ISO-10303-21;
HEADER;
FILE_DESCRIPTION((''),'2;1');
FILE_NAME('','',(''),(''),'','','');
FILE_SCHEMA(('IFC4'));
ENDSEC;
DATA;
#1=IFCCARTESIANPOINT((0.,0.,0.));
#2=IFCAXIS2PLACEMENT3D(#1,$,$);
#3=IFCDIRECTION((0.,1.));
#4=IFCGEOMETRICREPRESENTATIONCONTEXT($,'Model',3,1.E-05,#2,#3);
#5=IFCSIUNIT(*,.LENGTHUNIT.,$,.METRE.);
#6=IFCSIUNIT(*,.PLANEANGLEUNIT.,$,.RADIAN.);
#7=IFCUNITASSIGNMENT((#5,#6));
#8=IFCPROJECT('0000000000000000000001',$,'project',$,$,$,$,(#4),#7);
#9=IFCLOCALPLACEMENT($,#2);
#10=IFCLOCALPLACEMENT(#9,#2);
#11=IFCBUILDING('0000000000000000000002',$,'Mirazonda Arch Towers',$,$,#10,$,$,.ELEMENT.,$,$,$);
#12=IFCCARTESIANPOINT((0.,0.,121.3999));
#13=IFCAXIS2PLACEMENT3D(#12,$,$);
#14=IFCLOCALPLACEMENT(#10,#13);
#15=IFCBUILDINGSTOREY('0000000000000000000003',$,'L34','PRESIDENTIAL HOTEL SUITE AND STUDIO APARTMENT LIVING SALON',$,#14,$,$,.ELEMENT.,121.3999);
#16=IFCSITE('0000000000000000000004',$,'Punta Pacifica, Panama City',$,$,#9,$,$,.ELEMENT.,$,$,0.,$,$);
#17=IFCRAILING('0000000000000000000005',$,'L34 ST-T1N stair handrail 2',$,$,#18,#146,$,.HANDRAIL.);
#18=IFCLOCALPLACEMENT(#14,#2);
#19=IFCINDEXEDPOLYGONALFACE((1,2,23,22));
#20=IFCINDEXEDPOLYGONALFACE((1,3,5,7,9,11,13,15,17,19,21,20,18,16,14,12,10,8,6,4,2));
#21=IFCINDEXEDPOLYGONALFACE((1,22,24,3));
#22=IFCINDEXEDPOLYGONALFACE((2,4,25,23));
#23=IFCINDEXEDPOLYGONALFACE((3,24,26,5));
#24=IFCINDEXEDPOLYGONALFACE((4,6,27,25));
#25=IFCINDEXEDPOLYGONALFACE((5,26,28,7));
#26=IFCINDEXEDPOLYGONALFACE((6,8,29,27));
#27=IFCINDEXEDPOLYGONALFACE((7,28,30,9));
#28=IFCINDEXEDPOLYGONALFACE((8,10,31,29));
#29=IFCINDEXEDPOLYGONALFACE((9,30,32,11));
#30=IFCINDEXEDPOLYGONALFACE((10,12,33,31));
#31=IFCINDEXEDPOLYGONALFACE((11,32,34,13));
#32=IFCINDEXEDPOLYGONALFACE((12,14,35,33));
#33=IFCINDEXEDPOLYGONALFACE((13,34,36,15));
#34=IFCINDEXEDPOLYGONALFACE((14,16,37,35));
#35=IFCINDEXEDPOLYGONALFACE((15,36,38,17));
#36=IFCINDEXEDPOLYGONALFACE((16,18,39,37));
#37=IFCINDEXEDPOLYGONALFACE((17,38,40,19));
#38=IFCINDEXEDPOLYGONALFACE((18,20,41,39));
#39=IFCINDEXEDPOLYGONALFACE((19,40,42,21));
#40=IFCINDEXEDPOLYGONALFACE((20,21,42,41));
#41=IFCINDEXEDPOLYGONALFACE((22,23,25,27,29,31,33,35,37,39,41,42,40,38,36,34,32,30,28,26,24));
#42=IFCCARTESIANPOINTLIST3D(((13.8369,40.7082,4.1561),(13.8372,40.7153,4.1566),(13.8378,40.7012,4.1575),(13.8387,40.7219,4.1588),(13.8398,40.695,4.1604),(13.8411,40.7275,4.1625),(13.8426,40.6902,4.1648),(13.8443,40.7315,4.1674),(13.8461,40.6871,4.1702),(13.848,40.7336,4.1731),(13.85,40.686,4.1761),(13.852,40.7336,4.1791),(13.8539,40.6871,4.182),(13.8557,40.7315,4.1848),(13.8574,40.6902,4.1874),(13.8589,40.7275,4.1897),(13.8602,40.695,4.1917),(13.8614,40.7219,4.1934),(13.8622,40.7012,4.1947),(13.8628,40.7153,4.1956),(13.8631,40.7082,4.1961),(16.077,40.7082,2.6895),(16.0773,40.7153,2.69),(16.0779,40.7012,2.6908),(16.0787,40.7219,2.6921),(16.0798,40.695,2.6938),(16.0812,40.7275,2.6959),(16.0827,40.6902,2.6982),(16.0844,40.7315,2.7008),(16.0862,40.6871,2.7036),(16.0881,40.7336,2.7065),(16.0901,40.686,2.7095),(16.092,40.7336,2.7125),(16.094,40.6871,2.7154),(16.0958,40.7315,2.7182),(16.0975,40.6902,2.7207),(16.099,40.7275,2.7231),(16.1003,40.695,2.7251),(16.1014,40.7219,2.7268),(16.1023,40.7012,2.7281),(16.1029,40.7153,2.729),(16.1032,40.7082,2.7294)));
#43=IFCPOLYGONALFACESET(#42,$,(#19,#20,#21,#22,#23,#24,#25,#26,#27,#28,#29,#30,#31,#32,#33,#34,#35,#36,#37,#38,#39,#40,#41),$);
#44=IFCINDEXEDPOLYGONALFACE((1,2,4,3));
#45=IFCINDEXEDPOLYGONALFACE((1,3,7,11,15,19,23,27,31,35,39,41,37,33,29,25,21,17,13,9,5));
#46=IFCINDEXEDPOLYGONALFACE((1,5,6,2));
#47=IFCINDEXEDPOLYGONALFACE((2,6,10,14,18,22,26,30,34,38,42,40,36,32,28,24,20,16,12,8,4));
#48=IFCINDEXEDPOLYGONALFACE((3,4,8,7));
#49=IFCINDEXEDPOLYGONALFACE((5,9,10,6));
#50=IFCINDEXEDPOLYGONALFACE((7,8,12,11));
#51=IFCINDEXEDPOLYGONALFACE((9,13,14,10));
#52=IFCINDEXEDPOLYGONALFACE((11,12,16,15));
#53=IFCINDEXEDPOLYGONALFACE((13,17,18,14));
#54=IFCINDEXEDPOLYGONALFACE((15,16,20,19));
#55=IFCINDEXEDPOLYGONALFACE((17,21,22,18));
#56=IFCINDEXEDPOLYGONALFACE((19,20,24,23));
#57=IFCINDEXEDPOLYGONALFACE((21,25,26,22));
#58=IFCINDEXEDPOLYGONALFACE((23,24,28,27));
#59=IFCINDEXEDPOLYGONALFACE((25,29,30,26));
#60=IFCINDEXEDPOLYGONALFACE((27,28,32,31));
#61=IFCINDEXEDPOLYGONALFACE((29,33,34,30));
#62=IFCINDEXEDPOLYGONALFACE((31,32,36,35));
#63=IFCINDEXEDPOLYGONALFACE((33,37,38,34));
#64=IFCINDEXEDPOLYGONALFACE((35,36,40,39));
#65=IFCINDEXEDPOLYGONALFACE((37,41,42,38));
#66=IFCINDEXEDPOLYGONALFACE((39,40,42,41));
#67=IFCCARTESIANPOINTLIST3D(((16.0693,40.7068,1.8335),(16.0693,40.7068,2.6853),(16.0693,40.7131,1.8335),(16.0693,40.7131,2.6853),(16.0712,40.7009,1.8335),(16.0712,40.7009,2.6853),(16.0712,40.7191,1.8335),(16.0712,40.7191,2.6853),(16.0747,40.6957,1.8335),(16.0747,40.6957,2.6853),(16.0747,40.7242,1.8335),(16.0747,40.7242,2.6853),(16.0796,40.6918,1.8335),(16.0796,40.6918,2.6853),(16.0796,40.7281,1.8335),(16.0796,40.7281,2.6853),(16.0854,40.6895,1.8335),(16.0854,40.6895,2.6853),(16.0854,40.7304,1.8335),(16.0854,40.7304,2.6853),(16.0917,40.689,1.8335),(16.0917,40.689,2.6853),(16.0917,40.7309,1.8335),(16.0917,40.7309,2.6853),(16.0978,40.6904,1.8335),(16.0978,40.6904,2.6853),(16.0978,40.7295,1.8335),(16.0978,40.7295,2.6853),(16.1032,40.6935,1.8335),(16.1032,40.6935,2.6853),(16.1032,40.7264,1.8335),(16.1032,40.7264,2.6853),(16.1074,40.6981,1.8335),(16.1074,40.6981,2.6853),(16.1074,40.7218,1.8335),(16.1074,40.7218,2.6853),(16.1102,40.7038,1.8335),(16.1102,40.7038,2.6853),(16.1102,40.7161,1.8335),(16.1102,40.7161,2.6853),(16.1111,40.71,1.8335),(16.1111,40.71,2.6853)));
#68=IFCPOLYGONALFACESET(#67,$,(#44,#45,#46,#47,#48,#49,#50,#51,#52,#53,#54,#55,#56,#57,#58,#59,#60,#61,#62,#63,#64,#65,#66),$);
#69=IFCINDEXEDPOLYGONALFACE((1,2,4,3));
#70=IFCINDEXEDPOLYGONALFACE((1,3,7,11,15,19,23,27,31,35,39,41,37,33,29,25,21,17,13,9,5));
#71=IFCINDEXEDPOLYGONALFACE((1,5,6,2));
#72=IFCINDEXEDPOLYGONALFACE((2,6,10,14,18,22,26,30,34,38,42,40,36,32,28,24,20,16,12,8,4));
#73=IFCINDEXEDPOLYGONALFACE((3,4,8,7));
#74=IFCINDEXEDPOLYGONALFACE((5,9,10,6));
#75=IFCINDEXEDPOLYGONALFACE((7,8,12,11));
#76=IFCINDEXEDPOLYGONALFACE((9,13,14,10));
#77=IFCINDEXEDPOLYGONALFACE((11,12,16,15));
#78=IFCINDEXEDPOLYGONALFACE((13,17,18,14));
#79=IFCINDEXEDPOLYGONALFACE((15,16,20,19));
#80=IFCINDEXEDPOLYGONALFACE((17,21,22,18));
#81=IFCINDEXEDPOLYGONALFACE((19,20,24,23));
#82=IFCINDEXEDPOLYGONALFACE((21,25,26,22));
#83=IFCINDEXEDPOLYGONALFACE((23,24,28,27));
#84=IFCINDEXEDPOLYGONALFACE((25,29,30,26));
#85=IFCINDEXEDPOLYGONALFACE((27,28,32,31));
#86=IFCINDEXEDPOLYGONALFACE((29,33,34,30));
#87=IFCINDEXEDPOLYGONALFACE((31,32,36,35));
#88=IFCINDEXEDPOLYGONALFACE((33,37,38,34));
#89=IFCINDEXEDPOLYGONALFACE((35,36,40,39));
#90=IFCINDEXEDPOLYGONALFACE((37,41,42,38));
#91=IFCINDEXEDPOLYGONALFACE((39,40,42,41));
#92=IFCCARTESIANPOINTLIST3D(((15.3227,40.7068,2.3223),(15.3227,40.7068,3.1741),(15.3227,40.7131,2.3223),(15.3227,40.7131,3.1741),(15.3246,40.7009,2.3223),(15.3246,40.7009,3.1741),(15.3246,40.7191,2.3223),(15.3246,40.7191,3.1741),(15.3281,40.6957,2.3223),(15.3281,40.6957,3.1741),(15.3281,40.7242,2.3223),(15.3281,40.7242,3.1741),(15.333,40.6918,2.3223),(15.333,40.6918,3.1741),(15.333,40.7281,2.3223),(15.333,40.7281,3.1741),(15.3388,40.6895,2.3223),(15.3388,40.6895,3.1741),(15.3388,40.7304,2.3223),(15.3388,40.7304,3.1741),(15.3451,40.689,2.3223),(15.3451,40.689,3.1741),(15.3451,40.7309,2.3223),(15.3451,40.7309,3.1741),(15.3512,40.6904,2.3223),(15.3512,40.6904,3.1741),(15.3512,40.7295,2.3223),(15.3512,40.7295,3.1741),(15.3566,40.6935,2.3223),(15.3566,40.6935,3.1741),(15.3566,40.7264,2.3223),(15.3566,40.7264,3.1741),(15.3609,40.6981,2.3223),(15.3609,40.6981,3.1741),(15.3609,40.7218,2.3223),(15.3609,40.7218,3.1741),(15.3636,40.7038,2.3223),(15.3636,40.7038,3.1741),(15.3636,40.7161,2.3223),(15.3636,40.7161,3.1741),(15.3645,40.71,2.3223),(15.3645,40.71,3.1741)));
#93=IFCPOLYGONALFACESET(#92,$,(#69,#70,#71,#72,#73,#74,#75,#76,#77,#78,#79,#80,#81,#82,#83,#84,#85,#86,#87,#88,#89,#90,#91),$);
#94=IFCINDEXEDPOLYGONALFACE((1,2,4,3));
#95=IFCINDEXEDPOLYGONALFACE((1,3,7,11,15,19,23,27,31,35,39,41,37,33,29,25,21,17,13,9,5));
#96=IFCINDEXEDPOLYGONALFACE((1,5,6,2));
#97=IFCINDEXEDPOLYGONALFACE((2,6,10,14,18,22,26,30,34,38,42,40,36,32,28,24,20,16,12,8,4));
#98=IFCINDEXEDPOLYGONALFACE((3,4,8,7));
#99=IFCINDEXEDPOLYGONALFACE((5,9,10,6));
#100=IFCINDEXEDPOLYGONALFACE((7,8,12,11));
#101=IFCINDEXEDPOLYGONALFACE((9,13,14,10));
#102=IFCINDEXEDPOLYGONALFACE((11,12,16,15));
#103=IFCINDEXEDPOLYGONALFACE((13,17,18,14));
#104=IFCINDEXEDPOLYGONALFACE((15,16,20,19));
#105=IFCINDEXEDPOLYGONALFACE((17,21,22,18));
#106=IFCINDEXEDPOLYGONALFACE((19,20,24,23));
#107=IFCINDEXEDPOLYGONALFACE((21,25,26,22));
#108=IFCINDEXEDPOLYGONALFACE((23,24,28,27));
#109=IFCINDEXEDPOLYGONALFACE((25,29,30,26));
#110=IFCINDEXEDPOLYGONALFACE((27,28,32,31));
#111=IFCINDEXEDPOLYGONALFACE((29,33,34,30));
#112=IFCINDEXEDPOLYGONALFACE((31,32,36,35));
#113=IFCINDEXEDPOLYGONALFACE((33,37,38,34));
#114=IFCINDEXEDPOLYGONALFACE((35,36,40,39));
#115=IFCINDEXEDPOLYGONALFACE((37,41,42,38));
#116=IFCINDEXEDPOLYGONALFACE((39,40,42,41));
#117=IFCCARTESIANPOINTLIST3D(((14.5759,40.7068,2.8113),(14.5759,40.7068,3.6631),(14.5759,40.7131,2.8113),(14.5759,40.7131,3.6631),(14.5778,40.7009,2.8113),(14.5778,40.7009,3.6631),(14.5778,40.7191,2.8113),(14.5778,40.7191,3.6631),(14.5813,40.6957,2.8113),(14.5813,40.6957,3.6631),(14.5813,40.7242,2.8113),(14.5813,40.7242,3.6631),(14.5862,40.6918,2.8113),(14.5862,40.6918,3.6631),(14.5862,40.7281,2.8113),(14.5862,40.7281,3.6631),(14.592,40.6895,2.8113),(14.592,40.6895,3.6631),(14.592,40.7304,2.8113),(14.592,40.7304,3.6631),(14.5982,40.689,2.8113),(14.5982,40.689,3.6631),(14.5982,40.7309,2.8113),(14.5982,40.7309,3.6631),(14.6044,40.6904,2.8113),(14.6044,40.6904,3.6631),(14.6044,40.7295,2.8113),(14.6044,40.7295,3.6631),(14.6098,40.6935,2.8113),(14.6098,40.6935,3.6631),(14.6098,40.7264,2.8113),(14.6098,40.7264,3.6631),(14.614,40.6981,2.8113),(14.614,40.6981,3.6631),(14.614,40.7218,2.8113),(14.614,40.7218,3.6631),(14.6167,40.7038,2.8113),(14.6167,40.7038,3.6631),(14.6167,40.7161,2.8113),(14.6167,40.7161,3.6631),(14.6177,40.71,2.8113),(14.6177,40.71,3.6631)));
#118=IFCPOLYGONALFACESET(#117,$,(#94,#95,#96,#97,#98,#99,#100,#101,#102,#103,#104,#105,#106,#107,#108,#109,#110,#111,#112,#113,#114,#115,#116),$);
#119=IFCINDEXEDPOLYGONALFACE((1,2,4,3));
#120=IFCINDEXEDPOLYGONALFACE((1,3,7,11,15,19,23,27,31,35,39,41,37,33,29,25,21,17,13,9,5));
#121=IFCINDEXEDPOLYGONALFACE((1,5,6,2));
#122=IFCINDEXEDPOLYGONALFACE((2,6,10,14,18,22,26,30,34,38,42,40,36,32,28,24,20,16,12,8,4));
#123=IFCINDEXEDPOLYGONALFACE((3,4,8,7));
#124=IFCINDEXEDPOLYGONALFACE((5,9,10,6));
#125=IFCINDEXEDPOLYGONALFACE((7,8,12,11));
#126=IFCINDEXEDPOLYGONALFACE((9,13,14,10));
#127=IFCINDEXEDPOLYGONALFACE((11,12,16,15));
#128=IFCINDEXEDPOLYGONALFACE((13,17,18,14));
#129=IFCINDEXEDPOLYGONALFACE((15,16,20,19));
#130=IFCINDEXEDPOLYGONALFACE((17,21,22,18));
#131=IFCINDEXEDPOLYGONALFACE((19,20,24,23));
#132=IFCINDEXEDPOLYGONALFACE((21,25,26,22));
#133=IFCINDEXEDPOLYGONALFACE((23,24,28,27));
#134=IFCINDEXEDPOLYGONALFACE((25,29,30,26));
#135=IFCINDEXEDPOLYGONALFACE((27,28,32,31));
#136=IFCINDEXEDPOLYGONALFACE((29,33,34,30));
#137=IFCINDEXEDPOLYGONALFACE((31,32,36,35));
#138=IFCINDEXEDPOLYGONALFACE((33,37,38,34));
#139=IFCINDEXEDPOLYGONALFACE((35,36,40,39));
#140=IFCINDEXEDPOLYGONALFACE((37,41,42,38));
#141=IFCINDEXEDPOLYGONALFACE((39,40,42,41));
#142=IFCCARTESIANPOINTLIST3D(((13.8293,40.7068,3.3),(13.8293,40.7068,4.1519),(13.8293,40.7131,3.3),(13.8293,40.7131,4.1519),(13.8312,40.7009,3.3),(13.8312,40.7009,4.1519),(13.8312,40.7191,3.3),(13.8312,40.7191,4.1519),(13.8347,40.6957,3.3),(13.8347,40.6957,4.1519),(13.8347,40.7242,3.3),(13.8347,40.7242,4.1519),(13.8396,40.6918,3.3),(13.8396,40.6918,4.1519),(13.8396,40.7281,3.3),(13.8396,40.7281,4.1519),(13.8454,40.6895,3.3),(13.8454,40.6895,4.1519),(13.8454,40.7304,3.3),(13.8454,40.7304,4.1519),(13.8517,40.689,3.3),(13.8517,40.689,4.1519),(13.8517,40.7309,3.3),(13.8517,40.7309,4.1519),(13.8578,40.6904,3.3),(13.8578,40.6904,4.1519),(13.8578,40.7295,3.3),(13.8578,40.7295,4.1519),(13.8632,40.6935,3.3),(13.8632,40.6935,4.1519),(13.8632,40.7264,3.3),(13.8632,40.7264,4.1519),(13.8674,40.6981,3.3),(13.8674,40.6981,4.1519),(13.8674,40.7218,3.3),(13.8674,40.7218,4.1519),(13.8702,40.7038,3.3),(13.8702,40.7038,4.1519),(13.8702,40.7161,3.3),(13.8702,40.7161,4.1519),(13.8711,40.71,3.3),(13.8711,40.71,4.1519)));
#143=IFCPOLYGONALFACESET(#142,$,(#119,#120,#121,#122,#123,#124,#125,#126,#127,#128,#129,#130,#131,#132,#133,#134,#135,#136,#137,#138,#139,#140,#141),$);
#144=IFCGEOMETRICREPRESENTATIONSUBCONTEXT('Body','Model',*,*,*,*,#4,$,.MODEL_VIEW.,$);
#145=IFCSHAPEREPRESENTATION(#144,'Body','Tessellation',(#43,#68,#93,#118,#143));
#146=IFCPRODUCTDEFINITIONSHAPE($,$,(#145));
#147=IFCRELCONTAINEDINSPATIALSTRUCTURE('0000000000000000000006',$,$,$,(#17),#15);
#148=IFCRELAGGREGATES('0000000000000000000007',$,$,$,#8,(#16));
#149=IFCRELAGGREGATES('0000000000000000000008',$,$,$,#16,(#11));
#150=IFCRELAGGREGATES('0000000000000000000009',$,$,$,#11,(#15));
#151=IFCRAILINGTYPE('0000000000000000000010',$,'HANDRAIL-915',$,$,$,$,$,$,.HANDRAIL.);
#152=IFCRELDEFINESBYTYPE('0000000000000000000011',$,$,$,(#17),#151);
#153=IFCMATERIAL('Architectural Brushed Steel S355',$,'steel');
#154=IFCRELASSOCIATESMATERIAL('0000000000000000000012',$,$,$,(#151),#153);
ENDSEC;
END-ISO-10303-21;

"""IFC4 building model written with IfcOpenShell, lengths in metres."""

from ifc_helpers import new_model, si_unit, direction, frame, origin, origin_2d, place, context, subcontext, project, spatial, circle, extrude, material, type_object, element, save


model = new_model("IFC4")

# Units and contexts
model_context = context("Model", 3, precision=1e-05, world=origin(), true_north=direction((0.0, 1.0)))
body_context = subcontext(model_context, "Body", "Model", "MODEL_VIEW")
ifc_project = project(units=[si_unit("LENGTHUNIT", "METRE"), si_unit("PLANEANGLEUNIT", "RADIAN")], contexts=[model_context])

# Site, building, storey
site_placement = place(None, origin())
site = spatial("IfcSite", under=ifc_project, at=site_placement, Name="Punta Pacifica, Panama City", CompositionType="ELEMENT", RefElevation=0.0)
building_placement = place(site_placement, origin())
building = spatial("IfcBuilding", under=site, at=building_placement, Name="Mirazonda Arch Towers", CompositionType="ELEMENT")
storey_placement = place(building_placement, frame((0.0, 0.0, 121.3999)))
storey = spatial("IfcBuildingStorey", under=building, at=storey_placement, Name="L34", Description="PRESIDENTIAL HOTEL SUITE AND STUDIO APARTMENT LIVING SALON", CompositionType="ELEMENT", Elevation=121.3999)

# Shared definitions
ifc_material_1 = material(Name="Architectural Brushed Steel S355", Category="steel")

# Railing
railing_type_1 = type_object("IfcRailingType", Name="HANDRAIL-915", PredefinedType="HANDRAIL", material=ifc_material_1)
railing_1_placement = place(storey_placement, frame((16.0901, 40.71, 1.8335)))
element("IfcRailing", 1, at=railing_1_placement, inside=storey, type_object=railing_type_1, Name="L34 ST-T1N stair handrail 2", PredefinedType="HANDRAIL", context=body_context, shape_type="SweptSolid", body=[
    extrude(circle(Radius=0.0239, at=origin_2d()), frame((0.0, 0.0, 0.876), z_axis=(-0.836637, 0.0, 0.547758), x_axis=(0.0, -1.0, 0.0)), (0.0, 0.0, 1.0), 2.6775),
    extrude(circle(Radius=0.021, at=origin_2d()), origin(), (0.0, 0.0, 1.0), 0.8518),
    extrude(circle(Radius=0.021, at=origin_2d()), frame((-0.7466, 0.0, 0.4888)), (0.0, 0.0, 1.0), 0.8518),
    extrude(circle(Radius=0.021, at=origin_2d()), frame((-1.4934, 0.0, 0.9778)), (0.0, 0.0, 1.0), 0.8518),
    extrude(circle(Radius=0.021, at=origin_2d()), frame((-2.24, 0.0, 1.4666)), (0.0, 0.0, 1.0), 0.8518),
])

save(model, "model.ifc")
